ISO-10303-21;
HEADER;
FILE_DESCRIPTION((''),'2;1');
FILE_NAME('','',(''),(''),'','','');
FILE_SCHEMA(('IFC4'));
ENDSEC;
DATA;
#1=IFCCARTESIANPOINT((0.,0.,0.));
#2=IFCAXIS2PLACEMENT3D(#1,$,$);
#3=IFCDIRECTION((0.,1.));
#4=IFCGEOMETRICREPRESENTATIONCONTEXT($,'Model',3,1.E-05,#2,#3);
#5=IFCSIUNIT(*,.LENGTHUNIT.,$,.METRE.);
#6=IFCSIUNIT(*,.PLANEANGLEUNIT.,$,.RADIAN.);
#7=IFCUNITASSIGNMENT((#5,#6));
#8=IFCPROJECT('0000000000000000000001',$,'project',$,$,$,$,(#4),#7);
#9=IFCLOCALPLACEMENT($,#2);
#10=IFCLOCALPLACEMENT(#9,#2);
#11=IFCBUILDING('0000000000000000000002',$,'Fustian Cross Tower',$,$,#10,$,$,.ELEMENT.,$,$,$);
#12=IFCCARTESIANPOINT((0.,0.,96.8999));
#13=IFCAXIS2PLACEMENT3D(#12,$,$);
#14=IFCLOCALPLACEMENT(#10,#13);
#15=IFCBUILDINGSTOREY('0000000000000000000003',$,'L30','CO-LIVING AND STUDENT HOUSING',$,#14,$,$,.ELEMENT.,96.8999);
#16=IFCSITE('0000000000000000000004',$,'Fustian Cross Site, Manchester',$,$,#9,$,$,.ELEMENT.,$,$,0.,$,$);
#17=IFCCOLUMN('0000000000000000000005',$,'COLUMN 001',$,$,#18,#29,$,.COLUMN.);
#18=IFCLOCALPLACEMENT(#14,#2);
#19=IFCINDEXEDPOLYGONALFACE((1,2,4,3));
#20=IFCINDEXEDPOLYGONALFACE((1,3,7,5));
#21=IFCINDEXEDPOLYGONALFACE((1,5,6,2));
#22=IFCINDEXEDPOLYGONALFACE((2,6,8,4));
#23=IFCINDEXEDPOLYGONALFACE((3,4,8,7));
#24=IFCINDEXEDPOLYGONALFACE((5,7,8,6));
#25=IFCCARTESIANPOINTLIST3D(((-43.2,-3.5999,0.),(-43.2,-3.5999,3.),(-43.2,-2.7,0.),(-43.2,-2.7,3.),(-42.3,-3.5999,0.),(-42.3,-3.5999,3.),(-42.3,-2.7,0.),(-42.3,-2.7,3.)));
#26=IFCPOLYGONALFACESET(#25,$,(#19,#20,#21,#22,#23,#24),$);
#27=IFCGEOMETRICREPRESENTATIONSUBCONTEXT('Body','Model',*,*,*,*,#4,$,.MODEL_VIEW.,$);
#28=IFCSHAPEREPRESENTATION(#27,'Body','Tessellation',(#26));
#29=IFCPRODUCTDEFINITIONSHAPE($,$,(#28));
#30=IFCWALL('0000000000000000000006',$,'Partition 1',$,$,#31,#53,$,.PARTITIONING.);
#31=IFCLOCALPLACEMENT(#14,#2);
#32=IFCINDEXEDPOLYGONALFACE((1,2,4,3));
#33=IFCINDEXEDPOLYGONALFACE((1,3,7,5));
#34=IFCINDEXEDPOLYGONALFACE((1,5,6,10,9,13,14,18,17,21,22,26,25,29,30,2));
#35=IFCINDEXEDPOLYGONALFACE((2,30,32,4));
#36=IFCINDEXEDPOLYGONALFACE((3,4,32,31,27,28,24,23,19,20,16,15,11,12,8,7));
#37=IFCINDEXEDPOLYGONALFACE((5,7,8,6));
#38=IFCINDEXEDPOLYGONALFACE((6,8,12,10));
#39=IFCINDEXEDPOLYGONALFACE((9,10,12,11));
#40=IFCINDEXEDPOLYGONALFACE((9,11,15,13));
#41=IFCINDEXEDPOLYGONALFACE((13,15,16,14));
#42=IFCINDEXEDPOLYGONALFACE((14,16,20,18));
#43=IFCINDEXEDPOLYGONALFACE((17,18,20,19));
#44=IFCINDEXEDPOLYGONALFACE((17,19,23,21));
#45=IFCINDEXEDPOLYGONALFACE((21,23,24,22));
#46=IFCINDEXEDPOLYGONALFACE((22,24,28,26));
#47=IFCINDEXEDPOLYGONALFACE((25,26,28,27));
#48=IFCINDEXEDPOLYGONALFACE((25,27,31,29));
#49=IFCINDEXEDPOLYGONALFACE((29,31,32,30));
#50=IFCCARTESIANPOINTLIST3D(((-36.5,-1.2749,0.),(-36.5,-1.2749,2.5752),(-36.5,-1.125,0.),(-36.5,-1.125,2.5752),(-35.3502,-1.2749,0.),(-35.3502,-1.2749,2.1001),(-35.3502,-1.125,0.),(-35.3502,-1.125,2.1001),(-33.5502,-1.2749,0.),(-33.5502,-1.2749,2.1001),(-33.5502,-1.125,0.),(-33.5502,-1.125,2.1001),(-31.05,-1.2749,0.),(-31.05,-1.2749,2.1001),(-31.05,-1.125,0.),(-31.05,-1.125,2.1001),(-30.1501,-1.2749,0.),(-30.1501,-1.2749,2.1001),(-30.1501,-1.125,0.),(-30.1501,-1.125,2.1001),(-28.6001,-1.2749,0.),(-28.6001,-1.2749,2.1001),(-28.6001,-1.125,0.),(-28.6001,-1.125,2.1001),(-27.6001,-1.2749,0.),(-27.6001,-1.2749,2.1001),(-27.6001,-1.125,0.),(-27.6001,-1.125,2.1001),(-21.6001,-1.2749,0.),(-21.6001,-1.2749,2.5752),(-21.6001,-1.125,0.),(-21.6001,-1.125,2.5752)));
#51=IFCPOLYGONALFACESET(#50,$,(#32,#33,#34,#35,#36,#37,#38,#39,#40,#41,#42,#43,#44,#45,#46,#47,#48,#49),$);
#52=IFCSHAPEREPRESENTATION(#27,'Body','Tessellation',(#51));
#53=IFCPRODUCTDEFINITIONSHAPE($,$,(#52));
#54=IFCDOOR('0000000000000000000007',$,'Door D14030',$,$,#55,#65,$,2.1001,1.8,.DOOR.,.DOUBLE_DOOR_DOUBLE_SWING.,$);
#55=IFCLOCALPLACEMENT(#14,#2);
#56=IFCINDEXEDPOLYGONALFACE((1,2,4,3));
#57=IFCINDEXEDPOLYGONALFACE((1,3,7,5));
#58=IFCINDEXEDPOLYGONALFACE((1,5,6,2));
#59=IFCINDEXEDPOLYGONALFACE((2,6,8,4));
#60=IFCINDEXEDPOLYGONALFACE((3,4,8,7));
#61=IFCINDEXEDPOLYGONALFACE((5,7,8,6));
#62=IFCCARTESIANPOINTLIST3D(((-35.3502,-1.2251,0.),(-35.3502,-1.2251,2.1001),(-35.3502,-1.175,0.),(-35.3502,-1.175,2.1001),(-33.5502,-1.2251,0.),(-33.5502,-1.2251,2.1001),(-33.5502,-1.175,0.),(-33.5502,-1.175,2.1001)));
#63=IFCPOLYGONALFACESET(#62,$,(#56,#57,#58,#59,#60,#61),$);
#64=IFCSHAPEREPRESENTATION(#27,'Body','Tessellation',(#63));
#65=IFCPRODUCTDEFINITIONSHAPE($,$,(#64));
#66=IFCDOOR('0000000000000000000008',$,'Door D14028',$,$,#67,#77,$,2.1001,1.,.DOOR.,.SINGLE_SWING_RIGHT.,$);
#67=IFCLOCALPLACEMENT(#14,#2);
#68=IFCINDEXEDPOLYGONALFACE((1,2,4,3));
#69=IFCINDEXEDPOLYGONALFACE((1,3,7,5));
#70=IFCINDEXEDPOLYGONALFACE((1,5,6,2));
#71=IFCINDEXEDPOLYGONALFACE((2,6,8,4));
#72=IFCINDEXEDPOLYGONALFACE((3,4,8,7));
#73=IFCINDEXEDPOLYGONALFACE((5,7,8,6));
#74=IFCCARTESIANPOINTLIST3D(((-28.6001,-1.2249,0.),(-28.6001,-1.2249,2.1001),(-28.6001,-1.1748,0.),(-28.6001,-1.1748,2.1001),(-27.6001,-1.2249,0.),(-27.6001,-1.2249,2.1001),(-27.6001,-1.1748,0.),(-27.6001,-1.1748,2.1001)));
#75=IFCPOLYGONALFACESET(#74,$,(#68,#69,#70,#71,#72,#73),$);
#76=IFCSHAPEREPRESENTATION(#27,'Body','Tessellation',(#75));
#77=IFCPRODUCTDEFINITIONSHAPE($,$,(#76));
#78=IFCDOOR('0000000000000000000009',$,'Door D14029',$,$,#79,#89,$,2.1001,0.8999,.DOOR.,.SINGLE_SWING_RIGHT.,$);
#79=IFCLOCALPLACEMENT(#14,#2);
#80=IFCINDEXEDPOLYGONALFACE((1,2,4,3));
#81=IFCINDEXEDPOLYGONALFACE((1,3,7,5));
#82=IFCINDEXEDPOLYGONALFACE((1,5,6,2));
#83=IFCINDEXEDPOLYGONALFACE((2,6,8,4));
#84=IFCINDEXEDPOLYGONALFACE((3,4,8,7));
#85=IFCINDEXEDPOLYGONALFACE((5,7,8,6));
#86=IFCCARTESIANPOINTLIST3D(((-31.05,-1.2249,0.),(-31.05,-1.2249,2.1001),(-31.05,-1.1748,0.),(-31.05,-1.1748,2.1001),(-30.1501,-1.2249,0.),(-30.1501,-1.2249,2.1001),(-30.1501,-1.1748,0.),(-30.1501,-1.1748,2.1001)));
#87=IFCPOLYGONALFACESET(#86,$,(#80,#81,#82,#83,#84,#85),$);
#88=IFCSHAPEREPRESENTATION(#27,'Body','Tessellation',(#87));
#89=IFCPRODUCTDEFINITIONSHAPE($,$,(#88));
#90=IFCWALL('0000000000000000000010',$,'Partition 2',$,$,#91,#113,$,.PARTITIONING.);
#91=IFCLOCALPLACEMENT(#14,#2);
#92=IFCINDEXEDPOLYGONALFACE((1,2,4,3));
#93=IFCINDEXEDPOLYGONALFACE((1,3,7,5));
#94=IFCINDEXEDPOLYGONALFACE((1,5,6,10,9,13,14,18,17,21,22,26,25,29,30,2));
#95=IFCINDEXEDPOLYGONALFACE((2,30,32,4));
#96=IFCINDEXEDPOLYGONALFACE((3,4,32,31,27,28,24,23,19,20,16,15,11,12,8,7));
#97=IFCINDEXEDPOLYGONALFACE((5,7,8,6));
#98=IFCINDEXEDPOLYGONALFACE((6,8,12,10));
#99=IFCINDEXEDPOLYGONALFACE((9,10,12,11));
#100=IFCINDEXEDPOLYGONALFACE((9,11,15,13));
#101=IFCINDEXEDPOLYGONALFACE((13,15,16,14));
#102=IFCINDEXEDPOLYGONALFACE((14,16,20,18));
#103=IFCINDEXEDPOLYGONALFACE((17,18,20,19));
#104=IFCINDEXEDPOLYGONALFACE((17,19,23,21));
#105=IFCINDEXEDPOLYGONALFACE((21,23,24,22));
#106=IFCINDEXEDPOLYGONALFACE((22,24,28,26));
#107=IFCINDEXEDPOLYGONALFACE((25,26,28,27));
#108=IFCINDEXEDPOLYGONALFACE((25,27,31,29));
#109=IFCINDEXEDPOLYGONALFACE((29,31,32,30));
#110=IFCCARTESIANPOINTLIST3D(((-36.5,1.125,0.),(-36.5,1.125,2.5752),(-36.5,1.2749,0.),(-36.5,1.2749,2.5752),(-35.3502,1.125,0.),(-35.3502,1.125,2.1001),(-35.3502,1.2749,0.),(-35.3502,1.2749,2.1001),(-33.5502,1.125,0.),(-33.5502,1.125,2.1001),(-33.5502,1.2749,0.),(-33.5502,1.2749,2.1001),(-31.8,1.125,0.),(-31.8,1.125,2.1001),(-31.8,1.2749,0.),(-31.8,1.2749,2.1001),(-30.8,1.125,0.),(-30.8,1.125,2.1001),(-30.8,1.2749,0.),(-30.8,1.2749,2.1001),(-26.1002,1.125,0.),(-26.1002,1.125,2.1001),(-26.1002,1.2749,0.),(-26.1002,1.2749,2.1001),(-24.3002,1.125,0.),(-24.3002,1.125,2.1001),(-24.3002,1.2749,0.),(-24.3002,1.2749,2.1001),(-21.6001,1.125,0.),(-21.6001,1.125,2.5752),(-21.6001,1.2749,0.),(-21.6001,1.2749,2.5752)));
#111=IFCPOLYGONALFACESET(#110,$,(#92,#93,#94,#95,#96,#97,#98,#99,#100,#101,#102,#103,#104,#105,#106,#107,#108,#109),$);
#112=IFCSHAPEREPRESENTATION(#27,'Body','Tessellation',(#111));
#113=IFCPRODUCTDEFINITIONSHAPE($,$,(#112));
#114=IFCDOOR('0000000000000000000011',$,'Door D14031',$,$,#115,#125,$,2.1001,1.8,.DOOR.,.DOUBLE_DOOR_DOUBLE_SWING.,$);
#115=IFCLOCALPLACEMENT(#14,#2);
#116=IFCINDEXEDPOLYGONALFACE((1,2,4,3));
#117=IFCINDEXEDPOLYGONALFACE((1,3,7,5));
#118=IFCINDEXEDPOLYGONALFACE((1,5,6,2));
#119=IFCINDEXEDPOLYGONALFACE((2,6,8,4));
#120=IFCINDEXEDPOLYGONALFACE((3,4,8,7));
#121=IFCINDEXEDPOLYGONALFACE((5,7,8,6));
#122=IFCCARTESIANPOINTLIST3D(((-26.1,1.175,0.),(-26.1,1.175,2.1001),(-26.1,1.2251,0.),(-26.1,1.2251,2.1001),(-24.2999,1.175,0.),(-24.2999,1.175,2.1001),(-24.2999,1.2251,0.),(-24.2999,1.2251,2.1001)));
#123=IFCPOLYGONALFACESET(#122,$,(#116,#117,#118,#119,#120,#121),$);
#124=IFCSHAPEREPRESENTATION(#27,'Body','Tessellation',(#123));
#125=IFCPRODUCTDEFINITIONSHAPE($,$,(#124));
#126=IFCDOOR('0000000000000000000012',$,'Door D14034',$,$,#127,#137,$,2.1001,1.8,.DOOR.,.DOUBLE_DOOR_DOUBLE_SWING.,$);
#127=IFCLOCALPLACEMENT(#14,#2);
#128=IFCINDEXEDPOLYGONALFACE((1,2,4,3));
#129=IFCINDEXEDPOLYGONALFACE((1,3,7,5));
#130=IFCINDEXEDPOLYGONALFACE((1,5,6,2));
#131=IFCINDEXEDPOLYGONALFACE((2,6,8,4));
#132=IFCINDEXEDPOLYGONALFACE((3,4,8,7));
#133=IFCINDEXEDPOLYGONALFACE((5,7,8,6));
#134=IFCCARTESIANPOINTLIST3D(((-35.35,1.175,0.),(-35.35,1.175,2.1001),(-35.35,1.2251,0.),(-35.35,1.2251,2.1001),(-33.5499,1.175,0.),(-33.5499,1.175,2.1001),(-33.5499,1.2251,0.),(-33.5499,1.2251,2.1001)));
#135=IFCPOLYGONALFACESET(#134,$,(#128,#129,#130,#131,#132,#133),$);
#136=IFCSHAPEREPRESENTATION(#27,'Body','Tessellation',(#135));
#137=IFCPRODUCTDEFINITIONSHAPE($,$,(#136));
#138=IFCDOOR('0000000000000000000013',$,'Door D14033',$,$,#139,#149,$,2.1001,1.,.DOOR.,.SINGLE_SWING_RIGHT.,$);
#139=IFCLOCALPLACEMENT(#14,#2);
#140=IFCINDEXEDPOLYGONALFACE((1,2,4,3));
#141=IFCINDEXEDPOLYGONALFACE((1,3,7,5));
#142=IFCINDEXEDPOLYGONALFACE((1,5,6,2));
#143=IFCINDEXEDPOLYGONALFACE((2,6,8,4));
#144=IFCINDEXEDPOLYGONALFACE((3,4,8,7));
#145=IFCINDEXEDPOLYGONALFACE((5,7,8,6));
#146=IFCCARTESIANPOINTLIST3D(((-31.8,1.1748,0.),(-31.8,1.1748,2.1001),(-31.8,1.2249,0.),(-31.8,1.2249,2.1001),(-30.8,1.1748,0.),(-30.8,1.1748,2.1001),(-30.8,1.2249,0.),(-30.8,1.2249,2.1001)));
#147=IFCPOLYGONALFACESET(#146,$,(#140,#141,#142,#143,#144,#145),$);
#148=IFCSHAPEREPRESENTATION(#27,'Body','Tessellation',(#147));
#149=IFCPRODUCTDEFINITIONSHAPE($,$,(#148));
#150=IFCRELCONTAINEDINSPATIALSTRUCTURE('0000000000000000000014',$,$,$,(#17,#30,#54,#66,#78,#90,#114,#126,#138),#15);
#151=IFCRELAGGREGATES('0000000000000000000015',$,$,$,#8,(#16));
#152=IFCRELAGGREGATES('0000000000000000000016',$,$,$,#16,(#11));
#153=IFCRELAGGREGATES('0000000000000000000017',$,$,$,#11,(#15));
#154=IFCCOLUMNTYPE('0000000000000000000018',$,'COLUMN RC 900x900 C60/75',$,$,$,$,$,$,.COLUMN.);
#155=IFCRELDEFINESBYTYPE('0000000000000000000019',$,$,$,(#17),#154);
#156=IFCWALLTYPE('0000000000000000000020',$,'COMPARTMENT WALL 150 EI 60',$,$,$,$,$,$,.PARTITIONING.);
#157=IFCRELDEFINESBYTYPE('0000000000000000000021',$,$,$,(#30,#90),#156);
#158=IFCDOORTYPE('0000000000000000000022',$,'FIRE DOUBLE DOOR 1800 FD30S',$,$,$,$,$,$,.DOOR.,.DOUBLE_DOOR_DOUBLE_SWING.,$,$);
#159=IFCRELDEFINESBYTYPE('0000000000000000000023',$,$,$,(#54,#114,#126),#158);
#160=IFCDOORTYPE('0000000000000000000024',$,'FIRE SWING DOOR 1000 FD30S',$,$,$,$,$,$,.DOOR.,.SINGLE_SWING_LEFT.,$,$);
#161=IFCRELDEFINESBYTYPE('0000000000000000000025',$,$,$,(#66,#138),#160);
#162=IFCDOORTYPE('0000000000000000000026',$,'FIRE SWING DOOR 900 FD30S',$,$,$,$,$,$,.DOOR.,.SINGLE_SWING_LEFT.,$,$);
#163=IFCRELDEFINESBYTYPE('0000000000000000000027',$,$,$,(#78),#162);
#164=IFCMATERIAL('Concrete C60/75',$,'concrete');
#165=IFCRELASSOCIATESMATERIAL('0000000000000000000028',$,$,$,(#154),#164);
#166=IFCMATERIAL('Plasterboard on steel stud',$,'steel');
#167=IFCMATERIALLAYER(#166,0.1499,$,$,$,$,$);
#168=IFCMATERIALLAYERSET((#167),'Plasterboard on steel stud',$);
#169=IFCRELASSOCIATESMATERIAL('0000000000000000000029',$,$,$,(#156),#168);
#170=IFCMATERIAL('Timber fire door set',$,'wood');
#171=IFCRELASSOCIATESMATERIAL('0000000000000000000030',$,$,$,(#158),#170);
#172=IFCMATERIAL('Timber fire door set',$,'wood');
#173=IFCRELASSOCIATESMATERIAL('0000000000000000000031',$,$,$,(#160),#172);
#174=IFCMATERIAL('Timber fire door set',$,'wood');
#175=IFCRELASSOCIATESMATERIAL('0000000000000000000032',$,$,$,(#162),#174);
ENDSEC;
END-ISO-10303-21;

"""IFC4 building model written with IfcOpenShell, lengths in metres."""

from ifc_helpers import new_model, si_unit, direction, frame, frame_2d, origin, origin_2d, place, context, subcontext, project, spatial, rectangle, extrude, material, layer, layer_set, material_profile, profile_set, type_object, element, fill, save


model = new_model("IFC4")

# Units and contexts
model_context = context("Model", 3, precision=1e-05, world=origin(), true_north=direction((0.0, 1.0)))
body_context = subcontext(model_context, "Body", "Model", "MODEL_VIEW")
ifc_project = project(units=[si_unit("LENGTHUNIT", "METRE"), si_unit("PLANEANGLEUNIT", "RADIAN")], contexts=[model_context])

# Site, building, storey
site_placement = place(None, origin())
site = spatial("IfcSite", under=ifc_project, at=site_placement, Name="Fustian Cross Site, Manchester", CompositionType="ELEMENT", RefElevation=0.0)
building_placement = place(site_placement, origin())
building = spatial("IfcBuilding", under=site, at=building_placement, Name="Fustian Cross Tower", CompositionType="ELEMENT")
storey_placement = place(building_placement, frame((0.0, 0.0, 96.8999)))
storey = spatial("IfcBuildingStorey", under=building, at=storey_placement, Name="L30", Description="CO-LIVING AND STUDENT HOUSING", CompositionType="ELEMENT", Elevation=96.8999)

# Column
ifc_material_1 = material(Name="Concrete C60/75", Category="concrete")
ifc_material_profile = material_profile(ifc_material_1, rectangle(XDim=0.8999, YDim=0.8999, at=origin_2d()), Name="RC 900x900")
ifc_profile_set = profile_set([ifc_material_profile], Name="Concrete C60/75")
column_type = type_object("IfcColumnType", Name="COLUMN RC 900x900 C60/75", PredefinedType="COLUMN", material=ifc_profile_set)
column_placement = place(storey_placement, frame((-42.75, -3.1499, 0.0), z_axis=(0.0, 0.0, 1.0), x_axis=(1.0, 0.0, 0.0)))
element("IfcColumn", 1, at=column_placement, inside=storey, type_object=column_type, Name="COLUMN 001", PredefinedType="COLUMN", context=body_context, shape_type="SweptSolid", body=[
    extrude(rectangle(XDim=0.8999, YDim=0.8999, at=origin_2d()), origin(), (0.0, 0.0, 1.0), 3.0),
])

# Walls, openings, doors
ifc_material_2 = material(Name="Plasterboard on steel stud", Category="steel")
ifc_layer_1 = layer(ifc_material_2, 0.1499)
ifc_layer_set_1 = layer_set([ifc_layer_1], Name="Plasterboard on steel stud")
wall_type_1 = type_object("IfcWallType", Name="COMPARTMENT WALL 150 EI 60", PredefinedType="PARTITIONING", material=ifc_layer_set_1)
wall_1_placement = place(storey_placement, frame((-36.5, -1.2, 0.0), z_axis=(0.0, 0.0, 1.0), x_axis=(1.0, 0.0, 0.0)))
wall_1 = element("IfcWall", 2, at=wall_1_placement, inside=storey, type_object=wall_type_1, Name="Partition 1", PredefinedType="PARTITIONING", context=body_context, shape_type="SweptSolid", body=[
    extrude(rectangle(XDim=14.8999, YDim=0.1499, at=frame_2d((7.45, 0.0))), origin(), (0.0, 0.0, 1.0), 2.5752),
])
opening_1_placement = place(wall_1_placement, frame((7.8999, 0.0, 0.0)))
opening_1 = element("IfcOpeningElement", 3, at=opening_1_placement, cuts=wall_1, PredefinedType="OPENING", context=body_context, shape_type="SweptSolid", body=[
    extrude(rectangle(XDim=1.0, YDim=2.1001, at=frame_2d((0.5, 1.05))), frame((0.0, 0.085, 0.0), z_axis=(0.0, -1.0, 0.0), x_axis=(1.0, 0.0, 0.0)), (0.0, 0.0, 1.0), 0.1699),
])
opening_2_placement = place(wall_1_placement, frame((5.45, 0.0, 0.0)))
opening_2 = element("IfcOpeningElement", 4, at=opening_2_placement, cuts=wall_1, PredefinedType="OPENING", context=body_context, shape_type="SweptSolid", body=[
    extrude(rectangle(XDim=0.8999, YDim=2.1001, at=frame_2d((0.45, 1.05))), frame((0.0, 0.085, 0.0), z_axis=(0.0, -1.0, 0.0), x_axis=(1.0, 0.0, 0.0)), (0.0, 0.0, 1.0), 0.1699),
])
opening_3_placement = place(wall_1_placement, frame((1.1499, 0.0, 0.0)))
opening_3 = element("IfcOpeningElement", 5, at=opening_3_placement, cuts=wall_1, PredefinedType="OPENING", context=body_context, shape_type="SweptSolid", body=[
    extrude(rectangle(XDim=1.8, YDim=2.1001, at=frame_2d((0.8999, 1.05))), frame((0.0, 0.085, 0.0), z_axis=(0.0, -1.0, 0.0), x_axis=(1.0, 0.0, 0.0)), (0.0, 0.0, 1.0), 0.1699),
])
ifc_material_3 = material(Name="Timber fire door set", Category="wood")
door_type_1 = type_object("IfcDoorType", Name="FIRE DOUBLE DOOR 1800 FD30S", OperationType="DOUBLE_DOOR_DOUBLE_SWING", PredefinedType="DOOR", material=ifc_material_3)
door_1_placement = place(opening_3_placement, origin())
door_1 = element("IfcDoor", 6, at=door_1_placement, inside=storey, type_object=door_type_1, Name="Door D14030", OperationType="DOUBLE_DOOR_DOUBLE_SWING", OverallHeight=2.1001, OverallWidth=1.8, PredefinedType="DOOR", context=body_context, shape_type="SweptSolid", body=[
    extrude(rectangle(XDim=1.8, YDim=2.1001, at=frame_2d((0.8999, 1.05))), frame((0.0, 0.0249, 0.0), z_axis=(0.0, -1.0, 0.0), x_axis=(1.0, 0.0, 0.0)), (0.0, 0.0, 1.0), 0.05),
])
fill(opening_3, door_1)
ifc_material_4 = material(Name="Timber fire door set", Category="wood")
door_type_2 = type_object("IfcDoorType", Name="FIRE SWING DOOR 1000 FD30S", OperationType="SINGLE_SWING_LEFT", PredefinedType="DOOR", material=ifc_material_4)
door_2_placement = place(opening_1_placement, frame((1.0, 0.0, 0.0), z_axis=(0.0, 0.0, 1.0), x_axis=(-1.0, 0.0, 0.0)))
door_2 = element("IfcDoor", 7, at=door_2_placement, inside=storey, type_object=door_type_2, Name="Door D14028", OperationType="SINGLE_SWING_RIGHT", OverallHeight=2.1001, OverallWidth=1.0, PredefinedType="DOOR", context=body_context, shape_type="SweptSolid", body=[
    extrude(rectangle(XDim=1.0, YDim=2.1001, at=frame_2d((0.5, 1.05))), frame((0.0, 0.0249, 0.0), z_axis=(0.0, -1.0, 0.0), x_axis=(1.0, 0.0, 0.0)), (0.0, 0.0, 1.0), 0.05),
])
fill(opening_1, door_2)
ifc_material_5 = material(Name="Timber fire door set", Category="wood")
door_type_3 = type_object("IfcDoorType", Name="FIRE SWING DOOR 900 FD30S", OperationType="SINGLE_SWING_LEFT", PredefinedType="DOOR", material=ifc_material_5)
door_3_placement = place(opening_2_placement, frame((0.8999, 0.0, 0.0), z_axis=(0.0, 0.0, 1.0), x_axis=(-1.0, 0.0, 0.0)))
door_3 = element("IfcDoor", 8, at=door_3_placement, inside=storey, type_object=door_type_3, Name="Door D14029", OperationType="SINGLE_SWING_RIGHT", OverallHeight=2.1001, OverallWidth=0.8999, PredefinedType="DOOR", context=body_context, shape_type="SweptSolid", body=[
    extrude(rectangle(XDim=0.8999, YDim=2.1001, at=frame_2d((0.45, 1.05))), frame((0.0, 0.0249, 0.0), z_axis=(0.0, -1.0, 0.0), x_axis=(1.0, 0.0, 0.0)), (0.0, 0.0, 1.0), 0.05),
])
fill(opening_2, door_3)
wall_2_placement = place(storey_placement, frame((-36.5, 1.2, 0.0), z_axis=(0.0, 0.0, 1.0), x_axis=(1.0, 0.0, 0.0)))
wall_2 = element("IfcWall", 9, at=wall_2_placement, inside=storey, type_object=wall_type_1, Name="Partition 2", PredefinedType="PARTITIONING", context=body_context, shape_type="SweptSolid", body=[
    extrude(rectangle(XDim=14.8999, YDim=0.1499, at=frame_2d((7.45, 0.0))), origin(), (0.0, 0.0, 1.0), 2.5752),
])
opening_4_placement = place(wall_2_placement, frame((10.3999, 0.0, 0.0)))
opening_4 = element("IfcOpeningElement", 10, at=opening_4_placement, cuts=wall_2, PredefinedType="OPENING", context=body_context, shape_type="SweptSolid", body=[
    extrude(rectangle(XDim=1.8, YDim=2.1001, at=frame_2d((0.8999, 1.05))), frame((0.0, 0.085, 0.0), z_axis=(0.0, -1.0, 0.0), x_axis=(1.0, 0.0, 0.0)), (0.0, 0.0, 1.0), 0.1699),
])
opening_5_placement = place(wall_2_placement, frame((4.7, 0.0, 0.0)))
opening_5 = element("IfcOpeningElement", 11, at=opening_5_placement, cuts=wall_2, PredefinedType="OPENING", context=body_context, shape_type="SweptSolid", body=[
    extrude(rectangle(XDim=1.0, YDim=2.1001, at=frame_2d((0.5, 1.05))), frame((0.0, 0.085, 0.0), z_axis=(0.0, -1.0, 0.0), x_axis=(1.0, 0.0, 0.0)), (0.0, 0.0, 1.0), 0.1699),
])
opening_6_placement = place(wall_2_placement, frame((1.1499, 0.0, 0.0)))
opening_6 = element("IfcOpeningElement", 12, at=opening_6_placement, cuts=wall_2, PredefinedType="OPENING", context=body_context, shape_type="SweptSolid", body=[
    extrude(rectangle(XDim=1.8, YDim=2.1001, at=frame_2d((0.8999, 1.05))), frame((0.0, 0.085, 0.0), z_axis=(0.0, -1.0, 0.0), x_axis=(1.0, 0.0, 0.0)), (0.0, 0.0, 1.0), 0.1699),
])
door_4_placement = place(opening_4_placement, frame((1.8, 0.0, 0.0), z_axis=(0.0, 0.0, 1.0), x_axis=(-1.0, 0.0, 0.0)))
door_4 = element("IfcDoor", 13, at=door_4_placement, inside=storey, type_object=door_type_1, Name="Door D14031", OperationType="DOUBLE_DOOR_DOUBLE_SWING", OverallHeight=2.1001, OverallWidth=1.8, PredefinedType="DOOR", context=body_context, shape_type="SweptSolid", body=[
    extrude(rectangle(XDim=1.8, YDim=2.1001, at=frame_2d((0.8999, 1.05))), frame((0.0, 0.0249, 0.0), z_axis=(0.0, -1.0, 0.0), x_axis=(1.0, 0.0, 0.0)), (0.0, 0.0, 1.0), 0.05),
])
fill(opening_4, door_4)
door_5_placement = place(opening_6_placement, frame((1.8, 0.0, 0.0), z_axis=(0.0, 0.0, 1.0), x_axis=(-1.0, 0.0, 0.0)))
door_5 = element("IfcDoor", 14, at=door_5_placement, inside=storey, type_object=door_type_1, Name="Door D14034", OperationType="DOUBLE_DOOR_DOUBLE_SWING", OverallHeight=2.1001, OverallWidth=1.8, PredefinedType="DOOR", context=body_context, shape_type="SweptSolid", body=[
    extrude(rectangle(XDim=1.8, YDim=2.1001, at=frame_2d((0.8999, 1.05))), frame((0.0, 0.0249, 0.0), z_axis=(0.0, -1.0, 0.0), x_axis=(1.0, 0.0, 0.0)), (0.0, 0.0, 1.0), 0.05),
])
fill(opening_6, door_5)
door_6_placement = place(opening_5_placement, origin())
door_6 = element("IfcDoor", 15, at=door_6_placement, inside=storey, type_object=door_type_2, Name="Door D14033", OperationType="SINGLE_SWING_RIGHT", OverallHeight=2.1001, OverallWidth=1.0, PredefinedType="DOOR", context=body_context, shape_type="SweptSolid", body=[
    extrude(rectangle(XDim=1.0, YDim=2.1001, at=frame_2d((0.5, 1.05))), frame((0.0, 0.0249, 0.0), z_axis=(0.0, -1.0, 0.0), x_axis=(1.0, 0.0, 0.0)), (0.0, 0.0, 1.0), 0.05),
])
fill(opening_5, door_6)

save(model, "model.ifc")
